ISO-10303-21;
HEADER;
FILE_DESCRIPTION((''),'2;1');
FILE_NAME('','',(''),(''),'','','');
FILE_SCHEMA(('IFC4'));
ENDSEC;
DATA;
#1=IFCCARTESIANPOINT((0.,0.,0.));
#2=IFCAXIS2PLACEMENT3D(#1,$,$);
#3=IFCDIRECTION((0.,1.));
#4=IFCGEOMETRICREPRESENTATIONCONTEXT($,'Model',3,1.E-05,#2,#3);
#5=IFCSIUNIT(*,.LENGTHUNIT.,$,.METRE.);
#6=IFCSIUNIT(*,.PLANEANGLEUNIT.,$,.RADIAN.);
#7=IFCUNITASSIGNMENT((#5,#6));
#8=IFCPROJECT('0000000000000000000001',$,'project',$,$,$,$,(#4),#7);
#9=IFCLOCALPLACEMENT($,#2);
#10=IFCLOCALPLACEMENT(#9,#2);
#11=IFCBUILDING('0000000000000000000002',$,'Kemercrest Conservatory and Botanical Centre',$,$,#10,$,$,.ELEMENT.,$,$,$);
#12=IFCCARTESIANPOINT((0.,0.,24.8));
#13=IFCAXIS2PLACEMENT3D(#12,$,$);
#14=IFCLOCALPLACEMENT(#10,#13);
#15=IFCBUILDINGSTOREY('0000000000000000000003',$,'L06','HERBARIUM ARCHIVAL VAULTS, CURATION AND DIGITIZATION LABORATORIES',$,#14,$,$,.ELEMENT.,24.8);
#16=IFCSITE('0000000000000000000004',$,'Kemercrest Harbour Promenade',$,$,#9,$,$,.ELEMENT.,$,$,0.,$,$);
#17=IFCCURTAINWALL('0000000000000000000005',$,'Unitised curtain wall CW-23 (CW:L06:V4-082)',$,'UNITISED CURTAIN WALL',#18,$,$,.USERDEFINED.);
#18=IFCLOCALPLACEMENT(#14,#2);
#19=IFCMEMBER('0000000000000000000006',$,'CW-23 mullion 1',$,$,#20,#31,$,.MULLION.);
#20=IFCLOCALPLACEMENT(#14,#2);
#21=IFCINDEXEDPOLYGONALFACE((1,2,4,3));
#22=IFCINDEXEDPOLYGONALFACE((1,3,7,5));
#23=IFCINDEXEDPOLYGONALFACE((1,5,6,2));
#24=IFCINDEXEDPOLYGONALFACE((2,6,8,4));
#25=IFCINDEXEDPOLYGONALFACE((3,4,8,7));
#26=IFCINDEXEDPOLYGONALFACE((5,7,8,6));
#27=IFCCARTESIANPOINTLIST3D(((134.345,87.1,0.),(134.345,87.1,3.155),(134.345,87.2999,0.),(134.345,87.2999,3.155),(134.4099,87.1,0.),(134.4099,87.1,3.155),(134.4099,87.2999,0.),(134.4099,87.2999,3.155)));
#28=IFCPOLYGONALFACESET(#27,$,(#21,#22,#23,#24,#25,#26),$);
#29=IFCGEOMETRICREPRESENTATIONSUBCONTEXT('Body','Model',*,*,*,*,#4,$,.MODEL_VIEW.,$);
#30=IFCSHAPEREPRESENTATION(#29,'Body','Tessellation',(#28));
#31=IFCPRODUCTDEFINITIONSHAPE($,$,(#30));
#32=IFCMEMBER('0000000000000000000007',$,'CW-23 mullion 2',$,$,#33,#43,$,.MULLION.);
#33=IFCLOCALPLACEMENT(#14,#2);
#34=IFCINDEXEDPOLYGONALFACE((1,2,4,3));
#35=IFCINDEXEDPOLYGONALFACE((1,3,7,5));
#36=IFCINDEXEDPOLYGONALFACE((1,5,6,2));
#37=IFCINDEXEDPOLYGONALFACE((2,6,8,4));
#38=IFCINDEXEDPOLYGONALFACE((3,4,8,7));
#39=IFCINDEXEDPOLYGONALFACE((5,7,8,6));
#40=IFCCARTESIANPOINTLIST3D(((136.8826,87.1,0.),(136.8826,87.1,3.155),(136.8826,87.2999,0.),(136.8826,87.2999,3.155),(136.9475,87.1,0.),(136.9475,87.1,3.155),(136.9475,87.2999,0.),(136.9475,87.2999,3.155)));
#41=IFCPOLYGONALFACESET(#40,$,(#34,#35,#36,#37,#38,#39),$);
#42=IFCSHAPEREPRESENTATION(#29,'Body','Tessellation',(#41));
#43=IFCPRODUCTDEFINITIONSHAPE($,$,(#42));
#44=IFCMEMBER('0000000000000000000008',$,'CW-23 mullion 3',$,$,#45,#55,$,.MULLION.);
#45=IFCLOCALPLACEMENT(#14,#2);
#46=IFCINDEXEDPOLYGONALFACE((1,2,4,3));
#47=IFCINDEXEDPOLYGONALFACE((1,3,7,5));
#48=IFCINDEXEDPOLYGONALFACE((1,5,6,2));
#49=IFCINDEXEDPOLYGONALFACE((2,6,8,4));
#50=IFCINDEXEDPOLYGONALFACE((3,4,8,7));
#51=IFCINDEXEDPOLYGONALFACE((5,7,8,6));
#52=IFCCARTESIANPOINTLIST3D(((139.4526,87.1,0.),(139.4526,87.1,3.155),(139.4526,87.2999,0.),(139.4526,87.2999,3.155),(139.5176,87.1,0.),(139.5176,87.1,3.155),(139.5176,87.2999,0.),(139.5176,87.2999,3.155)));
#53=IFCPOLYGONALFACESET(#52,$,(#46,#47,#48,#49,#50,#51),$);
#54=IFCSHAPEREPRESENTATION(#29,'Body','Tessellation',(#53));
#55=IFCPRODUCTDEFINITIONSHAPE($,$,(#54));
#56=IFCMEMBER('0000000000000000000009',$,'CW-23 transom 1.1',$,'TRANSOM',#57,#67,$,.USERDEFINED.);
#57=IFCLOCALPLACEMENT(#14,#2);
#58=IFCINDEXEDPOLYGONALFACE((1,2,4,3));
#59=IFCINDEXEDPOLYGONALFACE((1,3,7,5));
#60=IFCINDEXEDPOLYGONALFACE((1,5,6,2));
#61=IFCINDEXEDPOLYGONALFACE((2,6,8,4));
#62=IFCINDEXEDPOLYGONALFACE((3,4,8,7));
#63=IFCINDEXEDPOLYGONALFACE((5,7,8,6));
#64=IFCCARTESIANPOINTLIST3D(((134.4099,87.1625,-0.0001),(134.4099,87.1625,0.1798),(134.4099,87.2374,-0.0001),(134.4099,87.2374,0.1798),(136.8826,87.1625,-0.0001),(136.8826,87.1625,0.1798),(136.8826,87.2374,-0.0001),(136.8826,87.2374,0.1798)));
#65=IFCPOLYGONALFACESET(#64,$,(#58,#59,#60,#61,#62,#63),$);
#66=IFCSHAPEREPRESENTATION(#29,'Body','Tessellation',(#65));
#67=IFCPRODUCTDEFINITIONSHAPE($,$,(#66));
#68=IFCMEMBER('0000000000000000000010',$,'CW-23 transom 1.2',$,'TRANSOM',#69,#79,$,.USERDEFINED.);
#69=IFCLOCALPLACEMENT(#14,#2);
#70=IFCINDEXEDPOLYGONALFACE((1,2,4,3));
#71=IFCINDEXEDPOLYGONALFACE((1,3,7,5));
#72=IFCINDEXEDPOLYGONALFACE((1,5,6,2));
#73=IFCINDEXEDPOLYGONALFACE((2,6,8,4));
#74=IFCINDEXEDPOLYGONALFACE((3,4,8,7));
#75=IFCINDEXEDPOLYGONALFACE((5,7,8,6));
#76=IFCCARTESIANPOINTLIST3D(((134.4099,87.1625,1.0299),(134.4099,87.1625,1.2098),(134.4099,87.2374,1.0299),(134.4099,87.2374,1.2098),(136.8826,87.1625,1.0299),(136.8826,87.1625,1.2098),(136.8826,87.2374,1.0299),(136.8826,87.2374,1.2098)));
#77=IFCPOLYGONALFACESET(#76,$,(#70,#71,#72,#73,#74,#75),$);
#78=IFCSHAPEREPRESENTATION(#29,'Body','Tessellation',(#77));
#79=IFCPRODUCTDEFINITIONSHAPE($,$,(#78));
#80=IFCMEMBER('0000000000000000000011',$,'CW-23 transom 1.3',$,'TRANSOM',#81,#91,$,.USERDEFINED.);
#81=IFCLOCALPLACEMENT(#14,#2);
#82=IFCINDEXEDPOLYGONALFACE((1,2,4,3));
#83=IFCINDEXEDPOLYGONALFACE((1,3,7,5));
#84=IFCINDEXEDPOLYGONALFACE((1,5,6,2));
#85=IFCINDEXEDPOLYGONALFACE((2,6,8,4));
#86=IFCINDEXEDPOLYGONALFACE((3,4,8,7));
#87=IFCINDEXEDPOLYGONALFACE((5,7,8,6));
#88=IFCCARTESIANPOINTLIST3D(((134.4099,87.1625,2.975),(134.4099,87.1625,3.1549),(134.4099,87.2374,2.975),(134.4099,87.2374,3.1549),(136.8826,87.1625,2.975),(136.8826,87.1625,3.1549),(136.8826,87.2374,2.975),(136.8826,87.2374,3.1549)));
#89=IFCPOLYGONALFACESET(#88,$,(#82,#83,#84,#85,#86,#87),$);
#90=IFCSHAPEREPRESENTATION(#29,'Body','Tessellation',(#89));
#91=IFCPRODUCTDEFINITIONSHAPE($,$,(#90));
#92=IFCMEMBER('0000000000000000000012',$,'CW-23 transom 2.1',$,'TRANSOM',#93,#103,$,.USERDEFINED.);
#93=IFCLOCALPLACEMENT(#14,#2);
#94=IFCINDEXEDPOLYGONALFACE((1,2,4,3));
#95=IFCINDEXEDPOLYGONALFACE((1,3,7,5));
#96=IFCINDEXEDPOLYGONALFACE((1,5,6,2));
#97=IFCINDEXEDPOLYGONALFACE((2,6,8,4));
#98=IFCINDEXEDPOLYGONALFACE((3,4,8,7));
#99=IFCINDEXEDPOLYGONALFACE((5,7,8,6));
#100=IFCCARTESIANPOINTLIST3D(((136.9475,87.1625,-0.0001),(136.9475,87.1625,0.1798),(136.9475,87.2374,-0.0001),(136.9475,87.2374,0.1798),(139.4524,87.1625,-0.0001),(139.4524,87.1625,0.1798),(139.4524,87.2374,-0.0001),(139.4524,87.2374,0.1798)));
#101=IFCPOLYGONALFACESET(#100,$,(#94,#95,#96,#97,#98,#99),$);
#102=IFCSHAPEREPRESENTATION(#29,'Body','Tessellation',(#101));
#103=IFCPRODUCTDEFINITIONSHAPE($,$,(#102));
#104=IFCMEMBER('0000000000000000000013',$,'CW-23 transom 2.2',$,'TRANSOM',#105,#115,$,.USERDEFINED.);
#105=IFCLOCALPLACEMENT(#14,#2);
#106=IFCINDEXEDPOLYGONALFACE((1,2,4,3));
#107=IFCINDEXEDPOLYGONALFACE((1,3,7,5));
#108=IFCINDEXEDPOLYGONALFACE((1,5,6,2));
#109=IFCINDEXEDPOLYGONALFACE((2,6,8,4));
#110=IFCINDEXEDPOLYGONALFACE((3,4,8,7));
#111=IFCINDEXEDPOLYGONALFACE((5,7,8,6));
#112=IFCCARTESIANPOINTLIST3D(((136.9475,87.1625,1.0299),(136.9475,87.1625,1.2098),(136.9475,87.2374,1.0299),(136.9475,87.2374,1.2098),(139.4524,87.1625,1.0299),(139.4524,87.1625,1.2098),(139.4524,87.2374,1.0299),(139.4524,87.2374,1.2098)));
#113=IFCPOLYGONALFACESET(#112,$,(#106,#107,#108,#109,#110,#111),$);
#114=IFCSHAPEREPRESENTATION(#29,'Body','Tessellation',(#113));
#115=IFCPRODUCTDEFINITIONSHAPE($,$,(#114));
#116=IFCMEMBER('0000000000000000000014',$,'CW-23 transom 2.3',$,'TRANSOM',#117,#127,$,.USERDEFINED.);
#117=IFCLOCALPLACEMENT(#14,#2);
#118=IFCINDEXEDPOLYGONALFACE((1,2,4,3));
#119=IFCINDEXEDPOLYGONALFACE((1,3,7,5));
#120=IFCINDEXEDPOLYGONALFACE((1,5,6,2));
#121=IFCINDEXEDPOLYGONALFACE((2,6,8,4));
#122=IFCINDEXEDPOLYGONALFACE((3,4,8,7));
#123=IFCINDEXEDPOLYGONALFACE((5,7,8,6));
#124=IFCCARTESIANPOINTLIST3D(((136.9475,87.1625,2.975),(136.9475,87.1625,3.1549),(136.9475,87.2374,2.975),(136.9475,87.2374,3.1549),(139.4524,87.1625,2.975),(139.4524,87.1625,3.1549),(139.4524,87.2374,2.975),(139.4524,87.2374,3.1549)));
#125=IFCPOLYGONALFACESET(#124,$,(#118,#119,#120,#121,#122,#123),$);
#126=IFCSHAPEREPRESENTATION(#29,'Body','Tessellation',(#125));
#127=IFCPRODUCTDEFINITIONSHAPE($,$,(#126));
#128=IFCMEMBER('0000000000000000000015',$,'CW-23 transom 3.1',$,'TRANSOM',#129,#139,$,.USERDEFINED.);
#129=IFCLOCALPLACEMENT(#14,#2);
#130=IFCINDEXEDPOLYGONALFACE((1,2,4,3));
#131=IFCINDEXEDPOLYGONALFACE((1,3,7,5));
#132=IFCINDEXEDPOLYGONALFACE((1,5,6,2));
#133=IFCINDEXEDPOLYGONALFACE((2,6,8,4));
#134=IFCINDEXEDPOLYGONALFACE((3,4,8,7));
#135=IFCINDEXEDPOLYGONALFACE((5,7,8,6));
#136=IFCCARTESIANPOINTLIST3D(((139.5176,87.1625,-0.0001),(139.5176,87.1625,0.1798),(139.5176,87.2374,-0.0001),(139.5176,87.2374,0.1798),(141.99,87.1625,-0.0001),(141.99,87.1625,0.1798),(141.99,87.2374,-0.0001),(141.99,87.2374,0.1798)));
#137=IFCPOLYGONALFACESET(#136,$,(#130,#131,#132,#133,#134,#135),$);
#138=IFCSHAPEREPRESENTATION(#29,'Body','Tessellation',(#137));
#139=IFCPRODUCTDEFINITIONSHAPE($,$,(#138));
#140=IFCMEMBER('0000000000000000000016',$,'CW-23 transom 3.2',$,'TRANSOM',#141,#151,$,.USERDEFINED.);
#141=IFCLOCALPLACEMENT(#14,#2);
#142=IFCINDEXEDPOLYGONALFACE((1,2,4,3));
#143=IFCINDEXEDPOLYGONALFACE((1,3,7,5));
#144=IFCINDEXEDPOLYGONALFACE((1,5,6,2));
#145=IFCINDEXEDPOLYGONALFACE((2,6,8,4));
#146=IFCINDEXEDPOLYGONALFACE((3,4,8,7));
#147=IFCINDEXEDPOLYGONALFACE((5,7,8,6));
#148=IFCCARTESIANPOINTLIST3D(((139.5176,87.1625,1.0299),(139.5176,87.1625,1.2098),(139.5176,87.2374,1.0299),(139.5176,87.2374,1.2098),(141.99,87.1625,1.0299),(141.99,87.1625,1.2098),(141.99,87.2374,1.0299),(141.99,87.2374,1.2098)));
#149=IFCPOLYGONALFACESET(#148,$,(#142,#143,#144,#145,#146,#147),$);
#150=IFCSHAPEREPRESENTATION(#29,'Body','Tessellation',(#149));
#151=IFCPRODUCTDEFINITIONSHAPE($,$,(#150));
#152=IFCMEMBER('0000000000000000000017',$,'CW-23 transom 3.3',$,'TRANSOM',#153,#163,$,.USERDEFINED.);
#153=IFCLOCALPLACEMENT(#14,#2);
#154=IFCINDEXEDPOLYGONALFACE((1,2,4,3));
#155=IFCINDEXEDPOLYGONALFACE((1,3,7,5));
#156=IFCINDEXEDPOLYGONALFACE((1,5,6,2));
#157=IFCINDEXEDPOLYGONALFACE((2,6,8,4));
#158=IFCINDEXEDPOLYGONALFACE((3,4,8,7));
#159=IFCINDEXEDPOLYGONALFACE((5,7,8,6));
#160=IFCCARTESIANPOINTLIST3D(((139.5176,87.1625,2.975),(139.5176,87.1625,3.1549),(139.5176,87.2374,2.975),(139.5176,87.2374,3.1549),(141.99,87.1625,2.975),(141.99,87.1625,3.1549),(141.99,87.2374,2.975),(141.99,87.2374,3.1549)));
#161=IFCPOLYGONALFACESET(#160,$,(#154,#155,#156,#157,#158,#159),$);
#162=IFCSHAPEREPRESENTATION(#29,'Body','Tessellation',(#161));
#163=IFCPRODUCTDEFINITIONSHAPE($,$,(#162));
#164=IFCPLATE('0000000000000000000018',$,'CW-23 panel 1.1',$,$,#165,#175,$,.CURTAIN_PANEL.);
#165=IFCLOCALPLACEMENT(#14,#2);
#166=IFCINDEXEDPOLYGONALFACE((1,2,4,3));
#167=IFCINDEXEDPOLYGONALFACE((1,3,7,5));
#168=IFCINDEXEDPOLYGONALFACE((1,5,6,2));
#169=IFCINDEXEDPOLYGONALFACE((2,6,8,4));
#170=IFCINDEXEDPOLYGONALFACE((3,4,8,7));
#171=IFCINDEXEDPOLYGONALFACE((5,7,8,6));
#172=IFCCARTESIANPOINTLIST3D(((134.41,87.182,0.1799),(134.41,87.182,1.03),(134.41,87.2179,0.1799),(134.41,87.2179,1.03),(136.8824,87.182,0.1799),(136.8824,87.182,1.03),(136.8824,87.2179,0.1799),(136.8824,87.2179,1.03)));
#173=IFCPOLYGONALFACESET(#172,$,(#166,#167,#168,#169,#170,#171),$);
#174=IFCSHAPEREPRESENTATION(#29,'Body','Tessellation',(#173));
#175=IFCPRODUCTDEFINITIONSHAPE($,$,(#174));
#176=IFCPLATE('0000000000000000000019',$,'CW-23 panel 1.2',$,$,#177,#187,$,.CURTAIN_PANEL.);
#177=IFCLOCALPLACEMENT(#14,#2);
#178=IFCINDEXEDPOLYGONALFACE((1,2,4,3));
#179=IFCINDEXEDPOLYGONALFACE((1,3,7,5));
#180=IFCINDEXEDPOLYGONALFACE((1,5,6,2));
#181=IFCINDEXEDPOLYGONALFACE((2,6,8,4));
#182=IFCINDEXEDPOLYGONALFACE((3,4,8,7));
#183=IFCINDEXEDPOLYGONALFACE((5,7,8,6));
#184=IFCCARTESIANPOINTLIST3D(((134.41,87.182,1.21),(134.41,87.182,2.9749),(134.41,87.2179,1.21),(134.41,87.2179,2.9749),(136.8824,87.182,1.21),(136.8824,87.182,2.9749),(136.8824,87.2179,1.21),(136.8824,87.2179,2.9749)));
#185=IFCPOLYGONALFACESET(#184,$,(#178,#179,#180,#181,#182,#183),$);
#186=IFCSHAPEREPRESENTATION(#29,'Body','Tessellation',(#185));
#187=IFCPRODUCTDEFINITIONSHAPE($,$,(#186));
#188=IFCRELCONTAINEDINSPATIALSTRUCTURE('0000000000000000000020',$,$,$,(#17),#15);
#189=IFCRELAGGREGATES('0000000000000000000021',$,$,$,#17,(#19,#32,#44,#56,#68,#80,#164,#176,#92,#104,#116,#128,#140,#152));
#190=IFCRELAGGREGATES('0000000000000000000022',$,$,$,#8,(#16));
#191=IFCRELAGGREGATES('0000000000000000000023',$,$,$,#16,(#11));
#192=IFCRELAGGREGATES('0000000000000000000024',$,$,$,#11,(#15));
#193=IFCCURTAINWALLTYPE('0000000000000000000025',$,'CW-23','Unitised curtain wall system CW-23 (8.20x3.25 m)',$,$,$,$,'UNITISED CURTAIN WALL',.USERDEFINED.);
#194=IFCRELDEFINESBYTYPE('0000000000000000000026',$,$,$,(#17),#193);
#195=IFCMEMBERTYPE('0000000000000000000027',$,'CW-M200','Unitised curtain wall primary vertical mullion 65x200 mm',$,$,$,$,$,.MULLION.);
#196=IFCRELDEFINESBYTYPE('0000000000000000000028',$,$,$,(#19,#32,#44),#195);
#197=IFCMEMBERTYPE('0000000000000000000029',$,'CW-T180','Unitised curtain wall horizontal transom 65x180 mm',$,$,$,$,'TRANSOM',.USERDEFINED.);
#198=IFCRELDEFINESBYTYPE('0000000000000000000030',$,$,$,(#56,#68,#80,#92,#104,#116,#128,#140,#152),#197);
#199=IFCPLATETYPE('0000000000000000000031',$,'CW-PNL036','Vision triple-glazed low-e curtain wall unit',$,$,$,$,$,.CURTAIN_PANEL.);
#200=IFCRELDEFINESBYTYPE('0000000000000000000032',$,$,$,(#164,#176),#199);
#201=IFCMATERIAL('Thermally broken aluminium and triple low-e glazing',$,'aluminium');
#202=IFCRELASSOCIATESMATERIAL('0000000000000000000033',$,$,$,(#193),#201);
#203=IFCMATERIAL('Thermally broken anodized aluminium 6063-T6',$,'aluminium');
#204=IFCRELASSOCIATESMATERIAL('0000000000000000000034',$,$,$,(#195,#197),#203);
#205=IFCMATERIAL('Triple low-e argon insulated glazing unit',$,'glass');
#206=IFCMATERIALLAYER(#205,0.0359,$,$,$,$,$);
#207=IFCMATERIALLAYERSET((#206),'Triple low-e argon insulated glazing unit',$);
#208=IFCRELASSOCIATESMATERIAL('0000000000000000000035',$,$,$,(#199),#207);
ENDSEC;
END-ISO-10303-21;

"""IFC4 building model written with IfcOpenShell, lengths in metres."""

from ifc_helpers import new_model, si_unit, direction, frame, origin, origin_2d, place, context, subcontext, project, spatial, rectangle, extrude, material, layer, layer_set, material_profile, profile_set, type_object, element, aggregate, save


model = new_model("IFC4")

# Units and contexts
model_context = context("Model", 3, precision=1e-05, world=origin(), true_north=direction((0.0, 1.0)))
body_context = subcontext(model_context, "Body", "Model", "MODEL_VIEW")
ifc_project = project(units=[si_unit("LENGTHUNIT", "METRE"), si_unit("PLANEANGLEUNIT", "RADIAN")], contexts=[model_context])

# Site, building, storey
site_placement = place(None, origin())
site = spatial("IfcSite", under=ifc_project, at=site_placement, Name="Kemercrest Harbour Promenade", CompositionType="ELEMENT", RefElevation=0.0)
building_placement = place(site_placement, origin())
building = spatial("IfcBuilding", under=site, at=building_placement, Name="Kemercrest Conservatory and Botanical Centre", CompositionType="ELEMENT")
storey_placement = place(building_placement, frame((0.0, 0.0, 24.8)))
storey = spatial("IfcBuildingStorey", under=building, at=storey_placement, Name="L06", Description="HERBARIUM ARCHIVAL VAULTS, CURATION AND DIGITIZATION LABORATORIES", CompositionType="ELEMENT", Elevation=24.8)

# Curtain wall, members, plates
ifc_material_1 = material(Name="Thermally broken aluminium and triple low-e glazing", Category="aluminium")
curtain_wall_type = type_object("IfcCurtainWallType", Name="CW-23", Description="Unitised curtain wall system CW-23 (8.20x3.25 m)", ElementType="UNITISED CURTAIN WALL", PredefinedType="USERDEFINED", material=ifc_material_1)
curtain_wall_placement = place(storey_placement, origin())
curtain_wall = element("IfcCurtainWall", 1, at=curtain_wall_placement, inside=storey, type_object=curtain_wall_type, Name="Unitised curtain wall CW-23 (CW:L06:V4-082)", ObjectType="UNITISED CURTAIN WALL", PredefinedType="USERDEFINED")
ifc_material_2 = material(Name="Thermally broken anodized aluminium 6063-T6", Category="aluminium")
ifc_material_profile_1 = material_profile(ifc_material_2, rectangle(XDim=0.2, YDim=0.0649, at=origin_2d()), Name="AL MULLION 65x200")
ifc_profile_set_1 = profile_set([ifc_material_profile_1], Name="Thermally broken anodized aluminium 6063-T6")
member_type_1 = type_object("IfcMemberType", Name="CW-M200", Description="Unitised curtain wall primary vertical mullion 65x200 mm", PredefinedType="MULLION", material=ifc_profile_set_1)
member_1_placement = place(storey_placement, frame((134.3774, 87.2, 0.0), z_axis=(0.0, 0.0, 1.0), x_axis=(0.0, 1.0, 0.0)))
member_1 = element("IfcMember", 2, at=member_1_placement, type_object=member_type_1, Name="CW-23 mullion 1", PredefinedType="MULLION", context=body_context, shape_type="SweptSolid", body=[
    extrude(rectangle(XDim=0.2, YDim=0.0649, at=origin_2d()), origin(), (0.0, 0.0, 1.0), 3.155),
])
member_2_placement = place(storey_placement, frame((136.915, 87.2, 0.0), z_axis=(0.0, 0.0, 1.0), x_axis=(0.0, 1.0, 0.0)))
member_2 = element("IfcMember", 3, at=member_2_placement, type_object=member_type_1, Name="CW-23 mullion 2", PredefinedType="MULLION", context=body_context, shape_type="SweptSolid", body=[
    extrude(rectangle(XDim=0.2, YDim=0.0649, at=origin_2d()), origin(), (0.0, 0.0, 1.0), 3.155),
])
member_3_placement = place(storey_placement, frame((139.4851, 87.2, 0.0), z_axis=(0.0, 0.0, 1.0), x_axis=(0.0, 1.0, 0.0)))
member_3 = element("IfcMember", 4, at=member_3_placement, type_object=member_type_1, Name="CW-23 mullion 3", PredefinedType="MULLION", context=body_context, shape_type="SweptSolid", body=[
    extrude(rectangle(XDim=0.2, YDim=0.0649, at=origin_2d()), origin(), (0.0, 0.0, 1.0), 3.155),
])
ifc_material_profile_2 = material_profile(ifc_material_2, rectangle(XDim=0.075, YDim=0.1799, at=origin_2d()), Name="AL TRANSOM 75x180")
ifc_profile_set_2 = profile_set([ifc_material_profile_2], Name="Thermally broken anodized aluminium 6063-T6")
member_type_2 = type_object("IfcMemberType", Name="CW-T180", Description="Unitised curtain wall horizontal transom 65x180 mm", ElementType="TRANSOM", PredefinedType="USERDEFINED", material=ifc_profile_set_2)
member_4_placement = place(storey_placement, frame((134.4099, 87.2, 0.0898), z_axis=(1.0, 0.0, 0.0), x_axis=(0.0, 1.0, 0.0)))
member_4 = element("IfcMember", 5, at=member_4_placement, type_object=member_type_2, Name="CW-23 transom 1.1", ObjectType="TRANSOM", PredefinedType="USERDEFINED", context=body_context, shape_type="SweptSolid", body=[
    extrude(rectangle(XDim=0.075, YDim=0.1799, at=origin_2d()), origin(), (0.0, 0.0, 1.0), 2.4727),
])
member_5_placement = place(storey_placement, frame((134.4099, 87.2, 1.1199), z_axis=(1.0, 0.0, 0.0), x_axis=(0.0, 1.0, 0.0)))
member_5 = element("IfcMember", 6, at=member_5_placement, type_object=member_type_2, Name="CW-23 transom 1.2", ObjectType="TRANSOM", PredefinedType="USERDEFINED", context=body_context, shape_type="SweptSolid", body=[
    extrude(rectangle(XDim=0.075, YDim=0.1799, at=origin_2d()), origin(), (0.0, 0.0, 1.0), 2.4727),
])
member_6_placement = place(storey_placement, frame((134.4099, 87.2, 3.0649), z_axis=(1.0, 0.0, 0.0), x_axis=(0.0, 1.0, 0.0)))
member_6 = element("IfcMember", 7, at=member_6_placement, type_object=member_type_2, Name="CW-23 transom 1.3", ObjectType="TRANSOM", PredefinedType="USERDEFINED", context=body_context, shape_type="SweptSolid", body=[
    extrude(rectangle(XDim=0.075, YDim=0.1799, at=origin_2d()), origin(), (0.0, 0.0, 1.0), 2.4727),
])
member_7_placement = place(storey_placement, frame((136.9475, 87.2, 0.0898), z_axis=(1.0, 0.0, 0.0), x_axis=(0.0, 1.0, 0.0)))
member_7 = element("IfcMember", 8, at=member_7_placement, type_object=member_type_2, Name="CW-23 transom 2.1", ObjectType="TRANSOM", PredefinedType="USERDEFINED", context=body_context, shape_type="SweptSolid", body=[
    extrude(rectangle(XDim=0.075, YDim=0.1799, at=origin_2d()), origin(), (0.0, 0.0, 1.0), 2.5049),
])
member_8_placement = place(storey_placement, frame((136.9475, 87.2, 1.1199), z_axis=(1.0, 0.0, 0.0), x_axis=(0.0, 1.0, 0.0)))
member_8 = element("IfcMember", 9, at=member_8_placement, type_object=member_type_2, Name="CW-23 transom 2.2", ObjectType="TRANSOM", PredefinedType="USERDEFINED", context=body_context, shape_type="SweptSolid", body=[
    extrude(rectangle(XDim=0.075, YDim=0.1799, at=origin_2d()), origin(), (0.0, 0.0, 1.0), 2.5049),
])
member_9_placement = place(storey_placement, frame((136.9475, 87.2, 3.0649), z_axis=(1.0, 0.0, 0.0), x_axis=(0.0, 1.0, 0.0)))
member_9 = element("IfcMember", 10, at=member_9_placement, type_object=member_type_2, Name="CW-23 transom 2.3", ObjectType="TRANSOM", PredefinedType="USERDEFINED", context=body_context, shape_type="SweptSolid", body=[
    extrude(rectangle(XDim=0.075, YDim=0.1799, at=origin_2d()), origin(), (0.0, 0.0, 1.0), 2.5049),
])
member_10_placement = place(storey_placement, frame((139.5176, 87.2, 0.0898), z_axis=(1.0, 0.0, 0.0), x_axis=(0.0, 1.0, 0.0)))
member_10 = element("IfcMember", 11, at=member_10_placement, type_object=member_type_2, Name="CW-23 transom 3.1", ObjectType="TRANSOM", PredefinedType="USERDEFINED", context=body_context, shape_type="SweptSolid", body=[
    extrude(rectangle(XDim=0.075, YDim=0.1799, at=origin_2d()), origin(), (0.0, 0.0, 1.0), 2.4724),
])
member_11_placement = place(storey_placement, frame((139.5176, 87.2, 1.1199), z_axis=(1.0, 0.0, 0.0), x_axis=(0.0, 1.0, 0.0)))
member_11 = element("IfcMember", 12, at=member_11_placement, type_object=member_type_2, Name="CW-23 transom 3.2", ObjectType="TRANSOM", PredefinedType="USERDEFINED", context=body_context, shape_type="SweptSolid", body=[
    extrude(rectangle(XDim=0.075, YDim=0.1799, at=origin_2d()), origin(), (0.0, 0.0, 1.0), 2.4724),
])
member_12_placement = place(storey_placement, frame((139.5176, 87.2, 3.0649), z_axis=(1.0, 0.0, 0.0), x_axis=(0.0, 1.0, 0.0)))
member_12 = element("IfcMember", 13, at=member_12_placement, type_object=member_type_2, Name="CW-23 transom 3.3", ObjectType="TRANSOM", PredefinedType="USERDEFINED", context=body_context, shape_type="SweptSolid", body=[
    extrude(rectangle(XDim=0.075, YDim=0.1799, at=origin_2d()), origin(), (0.0, 0.0, 1.0), 2.4724),
])
ifc_material_3 = material(Name="Triple low-e argon insulated glazing unit", Category="glass")
ifc_layer = layer(ifc_material_3, 0.0359)
ifc_layer_set = layer_set([ifc_layer], Name="Triple low-e argon insulated glazing unit")
plate_type = type_object("IfcPlateType", Name="CW-PNL036", Description="Vision triple-glazed low-e curtain wall unit", PredefinedType="CURTAIN_PANEL", material=ifc_layer_set)
plate_1_placement = place(storey_placement, frame((135.6462, 87.2, 0.1799), z_axis=(0.0, 0.0, 1.0), x_axis=(1.0, 0.0, 0.0)))
plate_1 = element("IfcPlate", 14, at=plate_1_placement, type_object=plate_type, Name="CW-23 panel 1.1", PredefinedType="CURTAIN_PANEL", context=body_context, shape_type="SweptSolid", body=[
    extrude(rectangle(XDim=2.4724, YDim=0.0359, at=origin_2d()), origin(), (0.0, 0.0, 1.0), 0.8501),
])
plate_2_placement = place(storey_placement, frame((135.6462, 87.2, 1.21), z_axis=(0.0, 0.0, 1.0), x_axis=(1.0, 0.0, 0.0)))
plate_2 = element("IfcPlate", 15, at=plate_2_placement, type_object=plate_type, Name="CW-23 panel 1.2", PredefinedType="CURTAIN_PANEL", context=body_context, shape_type="SweptSolid", body=[
    extrude(rectangle(XDim=2.4724, YDim=0.0359, at=origin_2d()), origin(), (0.0, 0.0, 1.0), 1.7649),
])
aggregate(curtain_wall, [member_1, member_2, member_3, member_4, member_5, member_6, plate_1, plate_2, member_7, member_8, member_9, member_10, member_11, member_12])

save(model, "model.ifc")
